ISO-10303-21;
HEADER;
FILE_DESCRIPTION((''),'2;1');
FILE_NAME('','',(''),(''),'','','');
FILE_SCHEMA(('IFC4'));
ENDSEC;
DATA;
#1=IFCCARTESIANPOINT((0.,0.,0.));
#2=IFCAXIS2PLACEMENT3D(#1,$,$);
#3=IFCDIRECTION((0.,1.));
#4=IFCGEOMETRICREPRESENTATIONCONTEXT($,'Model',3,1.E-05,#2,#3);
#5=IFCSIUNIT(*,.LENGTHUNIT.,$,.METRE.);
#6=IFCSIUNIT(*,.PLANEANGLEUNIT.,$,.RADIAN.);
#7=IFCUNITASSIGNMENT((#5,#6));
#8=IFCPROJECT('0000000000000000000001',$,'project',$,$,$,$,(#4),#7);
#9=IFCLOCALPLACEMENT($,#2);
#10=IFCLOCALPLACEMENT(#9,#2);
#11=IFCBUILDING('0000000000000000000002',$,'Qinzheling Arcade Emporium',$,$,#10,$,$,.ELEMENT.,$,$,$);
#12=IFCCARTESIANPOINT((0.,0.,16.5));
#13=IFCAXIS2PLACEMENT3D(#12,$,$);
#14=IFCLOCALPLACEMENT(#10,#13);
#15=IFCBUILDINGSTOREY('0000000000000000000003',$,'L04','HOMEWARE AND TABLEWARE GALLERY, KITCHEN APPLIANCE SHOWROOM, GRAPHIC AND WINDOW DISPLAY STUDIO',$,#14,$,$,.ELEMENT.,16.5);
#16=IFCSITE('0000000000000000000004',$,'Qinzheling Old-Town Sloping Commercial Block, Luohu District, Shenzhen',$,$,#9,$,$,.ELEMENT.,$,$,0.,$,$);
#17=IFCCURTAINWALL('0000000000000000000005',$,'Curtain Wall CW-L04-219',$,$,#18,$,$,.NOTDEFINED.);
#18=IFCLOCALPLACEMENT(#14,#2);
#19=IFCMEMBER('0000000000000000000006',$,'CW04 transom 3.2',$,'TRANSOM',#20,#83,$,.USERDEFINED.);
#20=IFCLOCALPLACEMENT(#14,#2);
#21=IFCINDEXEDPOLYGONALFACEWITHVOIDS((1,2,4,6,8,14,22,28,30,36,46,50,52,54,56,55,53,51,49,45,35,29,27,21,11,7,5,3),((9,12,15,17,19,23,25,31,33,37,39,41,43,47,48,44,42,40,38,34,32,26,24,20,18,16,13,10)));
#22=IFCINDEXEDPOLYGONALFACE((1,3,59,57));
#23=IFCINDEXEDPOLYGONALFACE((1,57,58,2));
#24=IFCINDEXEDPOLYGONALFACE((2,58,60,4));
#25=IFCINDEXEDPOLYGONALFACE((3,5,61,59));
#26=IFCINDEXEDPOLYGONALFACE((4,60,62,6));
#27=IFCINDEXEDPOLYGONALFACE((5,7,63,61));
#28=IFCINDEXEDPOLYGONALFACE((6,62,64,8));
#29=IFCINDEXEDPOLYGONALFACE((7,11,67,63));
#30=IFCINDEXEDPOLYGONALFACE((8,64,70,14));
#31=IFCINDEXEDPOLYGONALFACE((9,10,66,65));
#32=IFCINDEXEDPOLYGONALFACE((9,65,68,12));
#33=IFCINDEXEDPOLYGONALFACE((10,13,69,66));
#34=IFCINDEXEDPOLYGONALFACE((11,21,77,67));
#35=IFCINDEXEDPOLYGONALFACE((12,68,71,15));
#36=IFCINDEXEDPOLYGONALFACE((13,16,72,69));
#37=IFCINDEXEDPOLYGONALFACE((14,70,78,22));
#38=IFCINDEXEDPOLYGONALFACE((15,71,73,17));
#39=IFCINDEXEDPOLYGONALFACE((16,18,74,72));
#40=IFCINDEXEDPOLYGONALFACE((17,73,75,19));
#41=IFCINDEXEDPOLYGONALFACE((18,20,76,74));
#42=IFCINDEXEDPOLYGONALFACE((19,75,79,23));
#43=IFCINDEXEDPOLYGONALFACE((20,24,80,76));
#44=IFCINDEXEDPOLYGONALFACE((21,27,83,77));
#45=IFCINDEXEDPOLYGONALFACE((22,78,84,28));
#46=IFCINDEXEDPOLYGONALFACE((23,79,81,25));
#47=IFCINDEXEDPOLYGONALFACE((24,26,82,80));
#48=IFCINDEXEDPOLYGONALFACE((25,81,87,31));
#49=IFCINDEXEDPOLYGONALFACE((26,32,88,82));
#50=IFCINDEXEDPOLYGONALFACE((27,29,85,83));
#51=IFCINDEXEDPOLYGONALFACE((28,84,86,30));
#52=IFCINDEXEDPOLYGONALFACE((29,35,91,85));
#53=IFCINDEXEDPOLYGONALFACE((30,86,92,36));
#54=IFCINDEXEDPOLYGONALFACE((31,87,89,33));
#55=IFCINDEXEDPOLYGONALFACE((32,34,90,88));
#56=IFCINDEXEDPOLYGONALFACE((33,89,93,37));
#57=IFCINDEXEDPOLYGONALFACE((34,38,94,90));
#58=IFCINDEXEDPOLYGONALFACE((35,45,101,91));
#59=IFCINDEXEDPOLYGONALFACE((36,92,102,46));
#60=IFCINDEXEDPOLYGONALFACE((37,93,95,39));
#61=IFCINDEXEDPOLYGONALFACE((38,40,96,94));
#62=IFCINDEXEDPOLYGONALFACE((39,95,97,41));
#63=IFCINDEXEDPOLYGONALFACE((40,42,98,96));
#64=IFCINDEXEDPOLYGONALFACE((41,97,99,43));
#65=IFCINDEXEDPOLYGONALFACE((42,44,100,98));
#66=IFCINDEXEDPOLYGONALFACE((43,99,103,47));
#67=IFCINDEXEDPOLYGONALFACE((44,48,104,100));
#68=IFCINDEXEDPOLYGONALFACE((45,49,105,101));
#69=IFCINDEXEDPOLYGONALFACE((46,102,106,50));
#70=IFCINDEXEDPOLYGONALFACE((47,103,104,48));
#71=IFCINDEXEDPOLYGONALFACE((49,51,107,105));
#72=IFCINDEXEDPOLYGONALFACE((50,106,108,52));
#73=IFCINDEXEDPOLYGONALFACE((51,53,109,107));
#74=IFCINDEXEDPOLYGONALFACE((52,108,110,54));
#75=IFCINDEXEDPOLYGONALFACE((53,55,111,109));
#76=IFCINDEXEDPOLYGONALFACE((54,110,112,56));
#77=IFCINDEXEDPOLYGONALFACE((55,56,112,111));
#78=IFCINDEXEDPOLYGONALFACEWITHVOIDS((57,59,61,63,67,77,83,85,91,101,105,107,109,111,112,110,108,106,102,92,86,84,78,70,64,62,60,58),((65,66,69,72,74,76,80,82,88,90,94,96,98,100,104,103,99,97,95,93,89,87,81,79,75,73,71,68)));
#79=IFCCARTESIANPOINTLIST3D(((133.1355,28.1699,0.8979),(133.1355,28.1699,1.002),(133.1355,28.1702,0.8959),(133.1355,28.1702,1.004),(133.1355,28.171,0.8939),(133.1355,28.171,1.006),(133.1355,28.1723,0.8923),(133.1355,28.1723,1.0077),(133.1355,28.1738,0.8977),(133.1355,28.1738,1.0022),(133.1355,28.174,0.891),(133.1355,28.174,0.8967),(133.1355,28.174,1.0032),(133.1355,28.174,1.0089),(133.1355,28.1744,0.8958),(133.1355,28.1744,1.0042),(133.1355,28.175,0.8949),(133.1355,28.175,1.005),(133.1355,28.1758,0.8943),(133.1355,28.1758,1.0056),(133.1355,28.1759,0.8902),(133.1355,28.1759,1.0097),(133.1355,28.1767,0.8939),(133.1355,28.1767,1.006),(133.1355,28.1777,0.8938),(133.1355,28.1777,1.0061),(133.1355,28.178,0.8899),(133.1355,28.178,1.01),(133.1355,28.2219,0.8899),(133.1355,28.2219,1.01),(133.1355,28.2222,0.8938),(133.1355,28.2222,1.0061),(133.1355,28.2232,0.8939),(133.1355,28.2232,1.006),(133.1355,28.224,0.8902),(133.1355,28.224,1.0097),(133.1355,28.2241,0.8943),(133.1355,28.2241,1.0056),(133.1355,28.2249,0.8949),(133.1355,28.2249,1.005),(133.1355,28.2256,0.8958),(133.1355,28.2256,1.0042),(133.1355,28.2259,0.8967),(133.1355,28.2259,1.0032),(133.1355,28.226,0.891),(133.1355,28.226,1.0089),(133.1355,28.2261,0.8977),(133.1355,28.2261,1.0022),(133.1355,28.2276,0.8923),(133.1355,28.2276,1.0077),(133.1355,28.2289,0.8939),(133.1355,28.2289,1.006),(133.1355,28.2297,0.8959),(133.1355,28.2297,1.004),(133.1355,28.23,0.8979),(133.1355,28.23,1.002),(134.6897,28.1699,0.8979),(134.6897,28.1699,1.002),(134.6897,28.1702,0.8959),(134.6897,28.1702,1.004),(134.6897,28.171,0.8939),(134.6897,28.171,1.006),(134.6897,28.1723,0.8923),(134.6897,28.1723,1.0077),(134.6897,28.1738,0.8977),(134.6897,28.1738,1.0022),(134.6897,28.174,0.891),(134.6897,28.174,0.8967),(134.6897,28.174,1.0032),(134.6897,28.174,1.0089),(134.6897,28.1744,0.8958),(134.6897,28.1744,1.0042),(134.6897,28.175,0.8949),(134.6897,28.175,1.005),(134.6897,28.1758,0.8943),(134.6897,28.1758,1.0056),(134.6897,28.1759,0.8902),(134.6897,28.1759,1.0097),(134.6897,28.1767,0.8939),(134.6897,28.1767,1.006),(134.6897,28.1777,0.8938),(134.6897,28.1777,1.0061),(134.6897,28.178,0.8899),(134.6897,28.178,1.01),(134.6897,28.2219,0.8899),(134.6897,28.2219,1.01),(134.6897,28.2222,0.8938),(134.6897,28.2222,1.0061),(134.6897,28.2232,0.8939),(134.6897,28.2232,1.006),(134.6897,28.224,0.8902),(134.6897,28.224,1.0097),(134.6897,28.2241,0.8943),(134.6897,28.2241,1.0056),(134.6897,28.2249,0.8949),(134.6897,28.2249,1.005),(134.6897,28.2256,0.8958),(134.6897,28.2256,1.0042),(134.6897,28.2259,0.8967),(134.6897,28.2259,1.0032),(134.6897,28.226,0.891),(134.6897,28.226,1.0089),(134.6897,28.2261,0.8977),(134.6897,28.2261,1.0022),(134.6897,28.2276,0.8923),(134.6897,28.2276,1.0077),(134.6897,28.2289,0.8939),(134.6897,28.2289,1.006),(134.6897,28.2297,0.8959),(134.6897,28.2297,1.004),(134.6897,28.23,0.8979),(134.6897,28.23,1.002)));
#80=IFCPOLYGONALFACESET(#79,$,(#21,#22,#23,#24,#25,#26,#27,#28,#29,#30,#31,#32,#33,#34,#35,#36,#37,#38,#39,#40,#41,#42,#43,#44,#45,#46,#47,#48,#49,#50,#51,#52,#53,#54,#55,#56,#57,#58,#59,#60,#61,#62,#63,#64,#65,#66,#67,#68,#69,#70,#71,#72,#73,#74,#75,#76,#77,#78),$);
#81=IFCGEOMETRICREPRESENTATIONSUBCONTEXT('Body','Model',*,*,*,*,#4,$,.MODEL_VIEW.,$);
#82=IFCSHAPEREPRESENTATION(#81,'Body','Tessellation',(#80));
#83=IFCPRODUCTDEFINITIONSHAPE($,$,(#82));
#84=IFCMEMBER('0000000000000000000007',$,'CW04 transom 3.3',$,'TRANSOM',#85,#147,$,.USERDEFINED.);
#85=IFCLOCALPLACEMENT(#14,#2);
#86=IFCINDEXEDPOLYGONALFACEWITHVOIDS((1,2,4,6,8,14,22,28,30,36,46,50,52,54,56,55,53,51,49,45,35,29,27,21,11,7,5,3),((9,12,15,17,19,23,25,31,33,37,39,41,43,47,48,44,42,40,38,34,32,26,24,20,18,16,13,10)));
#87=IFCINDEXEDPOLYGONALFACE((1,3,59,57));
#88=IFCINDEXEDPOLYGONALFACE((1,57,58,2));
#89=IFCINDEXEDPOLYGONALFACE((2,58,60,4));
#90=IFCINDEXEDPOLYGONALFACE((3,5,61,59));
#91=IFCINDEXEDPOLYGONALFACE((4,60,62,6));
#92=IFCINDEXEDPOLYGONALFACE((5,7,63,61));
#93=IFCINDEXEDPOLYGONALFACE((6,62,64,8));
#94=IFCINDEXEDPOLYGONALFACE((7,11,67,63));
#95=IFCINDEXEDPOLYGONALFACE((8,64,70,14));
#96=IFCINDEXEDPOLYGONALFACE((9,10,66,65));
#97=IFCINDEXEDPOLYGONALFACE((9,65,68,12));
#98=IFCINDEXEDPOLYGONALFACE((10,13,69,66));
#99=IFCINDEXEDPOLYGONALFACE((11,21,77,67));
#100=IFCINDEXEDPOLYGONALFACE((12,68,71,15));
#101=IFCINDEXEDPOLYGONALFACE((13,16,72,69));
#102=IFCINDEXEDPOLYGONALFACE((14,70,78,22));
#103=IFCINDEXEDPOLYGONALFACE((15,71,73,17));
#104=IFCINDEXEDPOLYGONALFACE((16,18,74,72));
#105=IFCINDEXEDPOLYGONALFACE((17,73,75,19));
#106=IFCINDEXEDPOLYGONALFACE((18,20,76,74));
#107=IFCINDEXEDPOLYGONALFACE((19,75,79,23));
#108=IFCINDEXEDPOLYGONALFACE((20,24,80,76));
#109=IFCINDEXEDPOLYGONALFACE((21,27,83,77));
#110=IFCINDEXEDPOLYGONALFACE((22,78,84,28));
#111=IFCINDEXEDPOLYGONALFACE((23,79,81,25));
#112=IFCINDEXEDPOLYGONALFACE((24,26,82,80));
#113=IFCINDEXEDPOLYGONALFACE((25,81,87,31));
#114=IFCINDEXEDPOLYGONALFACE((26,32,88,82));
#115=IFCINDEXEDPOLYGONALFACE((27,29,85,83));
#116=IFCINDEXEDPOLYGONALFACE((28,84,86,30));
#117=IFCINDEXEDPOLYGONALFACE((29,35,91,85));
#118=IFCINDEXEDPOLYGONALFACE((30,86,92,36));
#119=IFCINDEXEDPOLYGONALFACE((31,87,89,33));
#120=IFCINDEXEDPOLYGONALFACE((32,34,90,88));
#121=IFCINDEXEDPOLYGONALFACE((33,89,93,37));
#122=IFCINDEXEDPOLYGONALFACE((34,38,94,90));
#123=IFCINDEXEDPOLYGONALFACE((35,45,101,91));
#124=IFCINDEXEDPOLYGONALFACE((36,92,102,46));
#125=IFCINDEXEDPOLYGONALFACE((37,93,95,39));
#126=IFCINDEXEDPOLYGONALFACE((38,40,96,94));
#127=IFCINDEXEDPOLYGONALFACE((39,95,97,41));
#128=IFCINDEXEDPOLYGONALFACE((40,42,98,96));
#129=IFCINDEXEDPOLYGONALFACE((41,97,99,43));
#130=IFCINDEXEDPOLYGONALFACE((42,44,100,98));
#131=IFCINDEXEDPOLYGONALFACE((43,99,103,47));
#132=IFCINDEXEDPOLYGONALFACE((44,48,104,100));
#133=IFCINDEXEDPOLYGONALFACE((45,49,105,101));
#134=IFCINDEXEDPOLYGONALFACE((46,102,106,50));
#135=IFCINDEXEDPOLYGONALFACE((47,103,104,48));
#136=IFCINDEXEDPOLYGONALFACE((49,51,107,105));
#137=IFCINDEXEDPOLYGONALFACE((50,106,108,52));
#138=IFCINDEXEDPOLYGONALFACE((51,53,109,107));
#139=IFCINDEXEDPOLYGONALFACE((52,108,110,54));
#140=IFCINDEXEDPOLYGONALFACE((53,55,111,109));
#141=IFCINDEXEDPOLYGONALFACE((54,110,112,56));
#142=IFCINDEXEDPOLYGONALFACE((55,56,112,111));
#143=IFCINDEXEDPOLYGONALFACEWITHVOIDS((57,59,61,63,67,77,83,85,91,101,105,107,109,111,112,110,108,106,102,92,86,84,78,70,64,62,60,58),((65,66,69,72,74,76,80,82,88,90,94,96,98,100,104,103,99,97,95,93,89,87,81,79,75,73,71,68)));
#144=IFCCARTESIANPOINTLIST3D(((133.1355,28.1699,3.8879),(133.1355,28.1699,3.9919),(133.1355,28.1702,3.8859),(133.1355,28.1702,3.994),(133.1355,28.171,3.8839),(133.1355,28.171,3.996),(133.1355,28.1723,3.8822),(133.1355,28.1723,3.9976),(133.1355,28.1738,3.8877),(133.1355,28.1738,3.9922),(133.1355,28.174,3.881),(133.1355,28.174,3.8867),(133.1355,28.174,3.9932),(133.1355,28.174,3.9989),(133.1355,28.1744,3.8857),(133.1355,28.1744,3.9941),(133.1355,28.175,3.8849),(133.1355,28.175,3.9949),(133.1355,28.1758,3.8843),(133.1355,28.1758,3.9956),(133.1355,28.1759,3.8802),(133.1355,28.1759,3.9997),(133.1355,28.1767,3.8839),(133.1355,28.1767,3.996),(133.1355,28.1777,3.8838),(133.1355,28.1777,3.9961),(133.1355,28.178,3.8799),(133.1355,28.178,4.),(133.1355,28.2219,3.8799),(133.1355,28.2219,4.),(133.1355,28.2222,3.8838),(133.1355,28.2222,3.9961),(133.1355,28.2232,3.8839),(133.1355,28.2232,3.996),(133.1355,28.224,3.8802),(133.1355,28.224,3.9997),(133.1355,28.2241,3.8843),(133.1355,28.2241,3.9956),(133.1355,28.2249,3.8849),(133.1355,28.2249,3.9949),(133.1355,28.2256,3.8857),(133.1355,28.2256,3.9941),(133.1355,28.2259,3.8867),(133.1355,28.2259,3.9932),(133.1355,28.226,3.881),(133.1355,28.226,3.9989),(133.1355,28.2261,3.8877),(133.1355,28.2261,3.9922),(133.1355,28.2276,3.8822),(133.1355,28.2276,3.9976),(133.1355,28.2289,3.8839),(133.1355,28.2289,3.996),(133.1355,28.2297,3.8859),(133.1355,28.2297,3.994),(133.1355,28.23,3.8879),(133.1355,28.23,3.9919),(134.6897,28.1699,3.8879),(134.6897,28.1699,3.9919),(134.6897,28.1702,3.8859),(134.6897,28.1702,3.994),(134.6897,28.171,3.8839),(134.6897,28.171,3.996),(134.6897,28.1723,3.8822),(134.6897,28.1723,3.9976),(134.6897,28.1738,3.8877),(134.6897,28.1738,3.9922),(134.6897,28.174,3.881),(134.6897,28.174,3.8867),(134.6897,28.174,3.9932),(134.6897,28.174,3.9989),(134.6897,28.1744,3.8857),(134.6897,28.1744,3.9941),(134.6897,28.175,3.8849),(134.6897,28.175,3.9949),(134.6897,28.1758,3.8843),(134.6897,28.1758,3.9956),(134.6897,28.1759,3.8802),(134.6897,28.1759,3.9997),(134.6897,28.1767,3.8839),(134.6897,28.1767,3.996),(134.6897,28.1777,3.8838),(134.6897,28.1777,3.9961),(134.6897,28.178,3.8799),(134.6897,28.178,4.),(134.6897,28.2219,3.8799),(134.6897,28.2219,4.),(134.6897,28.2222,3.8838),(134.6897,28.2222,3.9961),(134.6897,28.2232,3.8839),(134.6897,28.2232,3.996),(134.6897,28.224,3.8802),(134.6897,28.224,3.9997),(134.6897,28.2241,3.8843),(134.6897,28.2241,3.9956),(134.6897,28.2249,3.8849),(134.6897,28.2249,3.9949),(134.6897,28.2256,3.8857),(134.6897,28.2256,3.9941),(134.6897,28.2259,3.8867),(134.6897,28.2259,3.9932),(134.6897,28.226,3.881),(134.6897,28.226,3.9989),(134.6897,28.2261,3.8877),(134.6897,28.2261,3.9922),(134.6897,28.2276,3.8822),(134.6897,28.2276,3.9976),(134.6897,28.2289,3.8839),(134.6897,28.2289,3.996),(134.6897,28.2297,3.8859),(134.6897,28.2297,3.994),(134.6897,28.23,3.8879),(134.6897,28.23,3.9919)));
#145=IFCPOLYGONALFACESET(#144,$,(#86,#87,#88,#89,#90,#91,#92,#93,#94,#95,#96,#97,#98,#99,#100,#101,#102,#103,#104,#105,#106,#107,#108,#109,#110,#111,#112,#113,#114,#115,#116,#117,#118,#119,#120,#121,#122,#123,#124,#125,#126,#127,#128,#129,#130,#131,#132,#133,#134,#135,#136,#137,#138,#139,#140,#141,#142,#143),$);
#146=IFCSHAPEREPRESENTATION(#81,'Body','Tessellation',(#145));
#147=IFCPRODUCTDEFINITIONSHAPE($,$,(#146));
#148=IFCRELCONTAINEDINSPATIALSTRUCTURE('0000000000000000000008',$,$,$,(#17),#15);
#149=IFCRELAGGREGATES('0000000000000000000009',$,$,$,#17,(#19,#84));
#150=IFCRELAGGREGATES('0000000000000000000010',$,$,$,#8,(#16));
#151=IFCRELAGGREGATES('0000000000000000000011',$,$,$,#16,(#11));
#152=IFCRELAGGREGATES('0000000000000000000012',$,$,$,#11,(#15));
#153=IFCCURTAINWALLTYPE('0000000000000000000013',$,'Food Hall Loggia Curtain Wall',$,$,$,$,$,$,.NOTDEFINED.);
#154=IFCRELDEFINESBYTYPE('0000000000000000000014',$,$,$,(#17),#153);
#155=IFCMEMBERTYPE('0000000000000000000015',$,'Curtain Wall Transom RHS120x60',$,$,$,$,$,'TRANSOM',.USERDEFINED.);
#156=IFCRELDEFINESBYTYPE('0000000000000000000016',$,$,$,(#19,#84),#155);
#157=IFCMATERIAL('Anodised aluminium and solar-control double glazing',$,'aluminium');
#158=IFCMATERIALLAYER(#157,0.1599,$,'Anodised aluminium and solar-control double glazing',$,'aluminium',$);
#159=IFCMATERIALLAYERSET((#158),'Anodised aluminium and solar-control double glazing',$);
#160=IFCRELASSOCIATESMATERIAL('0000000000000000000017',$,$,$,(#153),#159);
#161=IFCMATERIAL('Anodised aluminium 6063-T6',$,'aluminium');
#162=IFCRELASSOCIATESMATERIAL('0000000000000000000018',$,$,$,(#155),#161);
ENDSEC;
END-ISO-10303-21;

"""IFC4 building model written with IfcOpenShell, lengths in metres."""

from ifc_helpers import new_model, si_unit, direction, frame, origin, origin_2d, place, context, subcontext, project, spatial, hollow_rectangle, extrude, material, layer, layer_set, material_profile, profile_set, type_object, element, aggregate, save


model = new_model("IFC4")

# Units and contexts
model_context = context("Model", 3, precision=1e-05, world=origin(), true_north=direction((0.0, 1.0)))
body_context = subcontext(model_context, "Body", "Model", "MODEL_VIEW")
ifc_project = project(units=[si_unit("LENGTHUNIT", "METRE"), si_unit("PLANEANGLEUNIT", "RADIAN")], contexts=[model_context])

# Site, building, storey
site_placement = place(None, origin())
site = spatial("IfcSite", under=ifc_project, at=site_placement, Name="Qinzheling Old-Town Sloping Commercial Block, Luohu District, Shenzhen", CompositionType="ELEMENT", RefElevation=0.0)
building_placement = place(site_placement, origin())
building = spatial("IfcBuilding", under=site, at=building_placement, Name="Qinzheling Arcade Emporium", CompositionType="ELEMENT")
storey_placement = place(building_placement, frame((0.0, 0.0, 16.5)))
storey = spatial("IfcBuildingStorey", under=building, at=storey_placement, Name="L04", Description="HOMEWARE AND TABLEWARE GALLERY, KITCHEN APPLIANCE SHOWROOM, GRAPHIC AND WINDOW DISPLAY STUDIO", CompositionType="ELEMENT", Elevation=16.5)

# Curtain wall, members
ifc_material_1 = material(Name="Anodised aluminium and solar-control double glazing", Category="aluminium")
ifc_layer_1 = layer(ifc_material_1, 0.1599, Name="Anodised aluminium and solar-control double glazing", Category="aluminium")
ifc_layer_set_1 = layer_set([ifc_layer_1], Name="Anodised aluminium and solar-control double glazing")
curtain_wall_type = type_object("IfcCurtainWallType", Name="Food Hall Loggia Curtain Wall", PredefinedType="NOTDEFINED", material=ifc_layer_set_1)
curtain_wall_placement = place(storey_placement, origin())
curtain_wall = element("IfcCurtainWall", 1, at=curtain_wall_placement, inside=storey, type_object=curtain_wall_type, Name="Curtain Wall CW-L04-219", PredefinedType="NOTDEFINED")
ifc_material_2 = material(Name="Anodised aluminium 6063-T6", Category="aluminium")
ifc_material_profile_1 = material_profile(ifc_material_2, hollow_rectangle(XDim=0.0601, YDim=0.1201, WallThickness=0.0039, InnerFilletRadius=0.0039, OuterFilletRadius=0.0081, at=origin_2d()), Name="RHS 120x60x4", Category="aluminium")
ifc_profile_set_1 = profile_set([ifc_material_profile_1], Name="Anodised aluminium 6063-T6")
member_type_1 = type_object("IfcMemberType", Name="Curtain Wall Transom RHS120x60", ElementType="TRANSOM", PredefinedType="USERDEFINED", material=ifc_profile_set_1)
member_1_placement = place(storey_placement, frame((133.1355, 28.2, 0.95), z_axis=(1.0, 0.0, 0.0), x_axis=(0.0, 1.0, 0.0)))
member_1 = element("IfcMember", 2, at=member_1_placement, type_object=member_type_1, Name="CW04 transom 3.2", ObjectType="TRANSOM", PredefinedType="USERDEFINED", context=body_context, shape_type="SweptSolid", body=[
    extrude(hollow_rectangle(XDim=0.0601, YDim=0.1201, WallThickness=0.0039, InnerFilletRadius=0.0039, OuterFilletRadius=0.0081, at=origin_2d()), origin(), (0.0, 0.0, 1.0), 1.5542),
])
member_2_placement = place(storey_placement, frame((133.1355, 28.2, 3.9399), z_axis=(1.0, 0.0, 0.0), x_axis=(0.0, 1.0, 0.0)))
member_2 = element("IfcMember", 3, at=member_2_placement, type_object=member_type_1, Name="CW04 transom 3.3", ObjectType="TRANSOM", PredefinedType="USERDEFINED", context=body_context, shape_type="SweptSolid", body=[
    extrude(hollow_rectangle(XDim=0.0601, YDim=0.1201, WallThickness=0.0039, InnerFilletRadius=0.0039, OuterFilletRadius=0.0081, at=origin_2d()), origin(), (0.0, 0.0, 1.0), 1.5542),
])

aggregate(curtain_wall, [member_1, member_2])

save(model, "model.ifc")
